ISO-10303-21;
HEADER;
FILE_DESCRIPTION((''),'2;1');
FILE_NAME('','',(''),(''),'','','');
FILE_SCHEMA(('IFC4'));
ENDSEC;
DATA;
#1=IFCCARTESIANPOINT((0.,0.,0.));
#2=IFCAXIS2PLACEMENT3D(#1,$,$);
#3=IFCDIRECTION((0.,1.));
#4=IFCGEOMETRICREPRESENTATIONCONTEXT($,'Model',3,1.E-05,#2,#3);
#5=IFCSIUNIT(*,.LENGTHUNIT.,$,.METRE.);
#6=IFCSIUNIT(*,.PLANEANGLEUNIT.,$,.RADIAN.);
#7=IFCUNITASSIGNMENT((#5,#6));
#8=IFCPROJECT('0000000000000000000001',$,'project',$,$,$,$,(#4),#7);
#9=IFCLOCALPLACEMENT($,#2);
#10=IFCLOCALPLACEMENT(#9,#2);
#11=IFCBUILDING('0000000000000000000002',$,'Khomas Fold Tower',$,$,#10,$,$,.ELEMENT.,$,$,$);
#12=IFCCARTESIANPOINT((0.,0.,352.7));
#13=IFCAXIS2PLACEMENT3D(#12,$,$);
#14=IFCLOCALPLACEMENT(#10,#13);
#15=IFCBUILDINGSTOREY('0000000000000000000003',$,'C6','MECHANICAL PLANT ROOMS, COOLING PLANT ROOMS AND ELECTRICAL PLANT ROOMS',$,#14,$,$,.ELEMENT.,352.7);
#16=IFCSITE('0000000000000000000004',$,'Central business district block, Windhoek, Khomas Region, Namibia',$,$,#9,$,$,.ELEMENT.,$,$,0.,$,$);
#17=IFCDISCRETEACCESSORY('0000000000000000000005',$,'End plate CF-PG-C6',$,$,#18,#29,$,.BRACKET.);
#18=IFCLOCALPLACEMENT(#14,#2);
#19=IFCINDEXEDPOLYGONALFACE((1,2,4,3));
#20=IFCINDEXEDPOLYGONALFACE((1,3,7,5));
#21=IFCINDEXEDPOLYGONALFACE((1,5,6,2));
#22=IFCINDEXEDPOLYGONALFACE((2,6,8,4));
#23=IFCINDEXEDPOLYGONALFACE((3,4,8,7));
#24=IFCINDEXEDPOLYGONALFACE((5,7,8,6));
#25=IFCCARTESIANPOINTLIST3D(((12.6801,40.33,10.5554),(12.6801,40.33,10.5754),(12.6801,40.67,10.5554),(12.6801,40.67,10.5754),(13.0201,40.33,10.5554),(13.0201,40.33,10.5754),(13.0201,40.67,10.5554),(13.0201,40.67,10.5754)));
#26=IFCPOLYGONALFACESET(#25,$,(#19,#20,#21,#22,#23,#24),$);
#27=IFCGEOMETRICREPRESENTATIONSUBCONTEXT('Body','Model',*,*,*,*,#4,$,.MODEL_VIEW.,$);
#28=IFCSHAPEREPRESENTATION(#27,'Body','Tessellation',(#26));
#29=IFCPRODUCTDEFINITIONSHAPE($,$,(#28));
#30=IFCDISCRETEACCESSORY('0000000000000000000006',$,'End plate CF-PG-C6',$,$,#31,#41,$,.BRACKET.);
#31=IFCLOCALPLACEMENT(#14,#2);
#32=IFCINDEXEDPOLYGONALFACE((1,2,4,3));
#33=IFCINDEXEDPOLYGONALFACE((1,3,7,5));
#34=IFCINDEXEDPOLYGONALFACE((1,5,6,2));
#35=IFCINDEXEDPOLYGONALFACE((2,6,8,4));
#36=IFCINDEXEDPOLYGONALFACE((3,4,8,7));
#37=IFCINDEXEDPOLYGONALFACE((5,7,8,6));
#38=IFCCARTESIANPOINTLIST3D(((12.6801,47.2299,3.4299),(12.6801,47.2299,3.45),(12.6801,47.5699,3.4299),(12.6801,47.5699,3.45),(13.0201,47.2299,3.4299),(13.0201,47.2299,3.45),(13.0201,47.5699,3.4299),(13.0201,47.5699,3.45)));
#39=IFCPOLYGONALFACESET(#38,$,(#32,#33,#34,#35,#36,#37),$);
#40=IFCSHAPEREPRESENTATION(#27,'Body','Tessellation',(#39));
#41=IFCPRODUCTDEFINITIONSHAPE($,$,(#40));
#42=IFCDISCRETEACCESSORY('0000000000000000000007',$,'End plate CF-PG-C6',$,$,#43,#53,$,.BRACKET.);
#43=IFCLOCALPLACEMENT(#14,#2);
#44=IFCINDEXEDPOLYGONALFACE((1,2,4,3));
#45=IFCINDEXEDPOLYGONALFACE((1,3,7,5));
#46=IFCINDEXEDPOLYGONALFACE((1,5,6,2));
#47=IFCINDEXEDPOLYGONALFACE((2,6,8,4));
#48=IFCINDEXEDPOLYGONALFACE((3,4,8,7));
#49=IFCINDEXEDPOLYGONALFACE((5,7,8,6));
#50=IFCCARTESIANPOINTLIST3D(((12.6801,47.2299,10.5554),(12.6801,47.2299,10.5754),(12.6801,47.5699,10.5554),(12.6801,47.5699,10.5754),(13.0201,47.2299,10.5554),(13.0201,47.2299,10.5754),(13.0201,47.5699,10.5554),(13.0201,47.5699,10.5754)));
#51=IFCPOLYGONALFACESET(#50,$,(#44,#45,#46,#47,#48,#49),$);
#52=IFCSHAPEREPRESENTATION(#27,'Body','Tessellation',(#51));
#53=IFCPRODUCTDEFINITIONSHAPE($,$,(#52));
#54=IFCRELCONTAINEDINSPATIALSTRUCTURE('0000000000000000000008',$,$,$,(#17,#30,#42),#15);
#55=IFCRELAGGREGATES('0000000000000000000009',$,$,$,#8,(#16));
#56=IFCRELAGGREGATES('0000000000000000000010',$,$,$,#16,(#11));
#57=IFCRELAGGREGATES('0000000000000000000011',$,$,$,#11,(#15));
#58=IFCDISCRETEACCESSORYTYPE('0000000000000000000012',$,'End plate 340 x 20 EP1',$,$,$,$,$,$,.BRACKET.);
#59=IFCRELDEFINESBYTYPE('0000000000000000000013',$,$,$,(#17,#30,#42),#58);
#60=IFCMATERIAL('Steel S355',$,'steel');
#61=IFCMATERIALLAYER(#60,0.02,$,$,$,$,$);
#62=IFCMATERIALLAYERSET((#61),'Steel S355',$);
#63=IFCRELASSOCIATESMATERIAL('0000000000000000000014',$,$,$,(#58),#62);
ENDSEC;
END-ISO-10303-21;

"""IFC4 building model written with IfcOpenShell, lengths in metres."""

from ifc_helpers import new_model, si_unit, direction, frame, origin, origin_2d, place, context, subcontext, project, spatial, rectangle, extrude, source, transform, mapped, material, layer, layer_set, type_object, element, save


model = new_model("IFC4")

# Units and contexts
model_context = context("Model", 3, precision=1e-05, world=origin(), true_north=direction((0.0, 1.0)))
body_context = subcontext(model_context, "Body", "Model", "MODEL_VIEW")
ifc_project = project(units=[si_unit("LENGTHUNIT", "METRE"), si_unit("PLANEANGLEUNIT", "RADIAN")], contexts=[model_context])

# Site, building, storey
site_placement = place(None, origin())
site = spatial("IfcSite", under=ifc_project, at=site_placement, Name="Central business district block, Windhoek, Khomas Region, Namibia", CompositionType="ELEMENT", RefElevation=0.0)
building_placement = place(site_placement, origin())
building = spatial("IfcBuilding", under=site, at=building_placement, Name="Khomas Fold Tower", CompositionType="ELEMENT")
storey_placement = place(building_placement, frame((0.0, 0.0, 352.7)))
storey = spatial("IfcBuildingStorey", under=building, at=storey_placement, Name="C6", Description="MECHANICAL PLANT ROOMS, COOLING PLANT ROOMS AND ELECTRICAL PLANT ROOMS", CompositionType="ELEMENT", Elevation=352.7)

# Discrete accessories
ifc_material_1 = material(Name="Steel S355", Category="steel")
ifc_layer_1 = layer(ifc_material_1, 0.02)
ifc_layer_set_1 = layer_set([ifc_layer_1], Name="Steel S355")
discrete_accessory_type = type_object("IfcDiscreteAccessoryType", Name="End plate 340 x 20 EP1", PredefinedType="BRACKET", material=ifc_layer_set_1)
shared_shape_1 = source(origin(), body_context, "Body", "SweptSolid", [
    extrude(rectangle(XDim=0.3401, YDim=0.3401, at=origin_2d()), origin(), (0.0, 0.0, 1.0), 0.02),
])
for number, where, z_axis, x_axis, name in (
    (1, (12.8501, 40.5, 10.5554), (0.0, 0.0, 1.0), (1.0, 0.0, 0.0), "End plate CF-PG-C6"),
    (2, (12.8501, 47.3999, 3.4299), (0.0, 0.0, 1.0), (1.0, 0.0, 0.0), "End plate CF-PG-C6"),
    (3, (12.8501, 47.3999, 10.5554), (0.0, 0.0, 1.0), (1.0, 0.0, 0.0), "End plate CF-PG-C6"),
):
    element("IfcDiscreteAccessory", number, at=place(storey_placement, frame(where, z_axis=z_axis, x_axis=x_axis)), inside=storey, type_object=discrete_accessory_type, Name=name, PredefinedType="BRACKET", context=body_context, shape_type="MappedRepresentation", body=[
        mapped(shared_shape_1, transform((0.0, 0.0, 0.0))),
    ])

save(model, "model.ifc")
